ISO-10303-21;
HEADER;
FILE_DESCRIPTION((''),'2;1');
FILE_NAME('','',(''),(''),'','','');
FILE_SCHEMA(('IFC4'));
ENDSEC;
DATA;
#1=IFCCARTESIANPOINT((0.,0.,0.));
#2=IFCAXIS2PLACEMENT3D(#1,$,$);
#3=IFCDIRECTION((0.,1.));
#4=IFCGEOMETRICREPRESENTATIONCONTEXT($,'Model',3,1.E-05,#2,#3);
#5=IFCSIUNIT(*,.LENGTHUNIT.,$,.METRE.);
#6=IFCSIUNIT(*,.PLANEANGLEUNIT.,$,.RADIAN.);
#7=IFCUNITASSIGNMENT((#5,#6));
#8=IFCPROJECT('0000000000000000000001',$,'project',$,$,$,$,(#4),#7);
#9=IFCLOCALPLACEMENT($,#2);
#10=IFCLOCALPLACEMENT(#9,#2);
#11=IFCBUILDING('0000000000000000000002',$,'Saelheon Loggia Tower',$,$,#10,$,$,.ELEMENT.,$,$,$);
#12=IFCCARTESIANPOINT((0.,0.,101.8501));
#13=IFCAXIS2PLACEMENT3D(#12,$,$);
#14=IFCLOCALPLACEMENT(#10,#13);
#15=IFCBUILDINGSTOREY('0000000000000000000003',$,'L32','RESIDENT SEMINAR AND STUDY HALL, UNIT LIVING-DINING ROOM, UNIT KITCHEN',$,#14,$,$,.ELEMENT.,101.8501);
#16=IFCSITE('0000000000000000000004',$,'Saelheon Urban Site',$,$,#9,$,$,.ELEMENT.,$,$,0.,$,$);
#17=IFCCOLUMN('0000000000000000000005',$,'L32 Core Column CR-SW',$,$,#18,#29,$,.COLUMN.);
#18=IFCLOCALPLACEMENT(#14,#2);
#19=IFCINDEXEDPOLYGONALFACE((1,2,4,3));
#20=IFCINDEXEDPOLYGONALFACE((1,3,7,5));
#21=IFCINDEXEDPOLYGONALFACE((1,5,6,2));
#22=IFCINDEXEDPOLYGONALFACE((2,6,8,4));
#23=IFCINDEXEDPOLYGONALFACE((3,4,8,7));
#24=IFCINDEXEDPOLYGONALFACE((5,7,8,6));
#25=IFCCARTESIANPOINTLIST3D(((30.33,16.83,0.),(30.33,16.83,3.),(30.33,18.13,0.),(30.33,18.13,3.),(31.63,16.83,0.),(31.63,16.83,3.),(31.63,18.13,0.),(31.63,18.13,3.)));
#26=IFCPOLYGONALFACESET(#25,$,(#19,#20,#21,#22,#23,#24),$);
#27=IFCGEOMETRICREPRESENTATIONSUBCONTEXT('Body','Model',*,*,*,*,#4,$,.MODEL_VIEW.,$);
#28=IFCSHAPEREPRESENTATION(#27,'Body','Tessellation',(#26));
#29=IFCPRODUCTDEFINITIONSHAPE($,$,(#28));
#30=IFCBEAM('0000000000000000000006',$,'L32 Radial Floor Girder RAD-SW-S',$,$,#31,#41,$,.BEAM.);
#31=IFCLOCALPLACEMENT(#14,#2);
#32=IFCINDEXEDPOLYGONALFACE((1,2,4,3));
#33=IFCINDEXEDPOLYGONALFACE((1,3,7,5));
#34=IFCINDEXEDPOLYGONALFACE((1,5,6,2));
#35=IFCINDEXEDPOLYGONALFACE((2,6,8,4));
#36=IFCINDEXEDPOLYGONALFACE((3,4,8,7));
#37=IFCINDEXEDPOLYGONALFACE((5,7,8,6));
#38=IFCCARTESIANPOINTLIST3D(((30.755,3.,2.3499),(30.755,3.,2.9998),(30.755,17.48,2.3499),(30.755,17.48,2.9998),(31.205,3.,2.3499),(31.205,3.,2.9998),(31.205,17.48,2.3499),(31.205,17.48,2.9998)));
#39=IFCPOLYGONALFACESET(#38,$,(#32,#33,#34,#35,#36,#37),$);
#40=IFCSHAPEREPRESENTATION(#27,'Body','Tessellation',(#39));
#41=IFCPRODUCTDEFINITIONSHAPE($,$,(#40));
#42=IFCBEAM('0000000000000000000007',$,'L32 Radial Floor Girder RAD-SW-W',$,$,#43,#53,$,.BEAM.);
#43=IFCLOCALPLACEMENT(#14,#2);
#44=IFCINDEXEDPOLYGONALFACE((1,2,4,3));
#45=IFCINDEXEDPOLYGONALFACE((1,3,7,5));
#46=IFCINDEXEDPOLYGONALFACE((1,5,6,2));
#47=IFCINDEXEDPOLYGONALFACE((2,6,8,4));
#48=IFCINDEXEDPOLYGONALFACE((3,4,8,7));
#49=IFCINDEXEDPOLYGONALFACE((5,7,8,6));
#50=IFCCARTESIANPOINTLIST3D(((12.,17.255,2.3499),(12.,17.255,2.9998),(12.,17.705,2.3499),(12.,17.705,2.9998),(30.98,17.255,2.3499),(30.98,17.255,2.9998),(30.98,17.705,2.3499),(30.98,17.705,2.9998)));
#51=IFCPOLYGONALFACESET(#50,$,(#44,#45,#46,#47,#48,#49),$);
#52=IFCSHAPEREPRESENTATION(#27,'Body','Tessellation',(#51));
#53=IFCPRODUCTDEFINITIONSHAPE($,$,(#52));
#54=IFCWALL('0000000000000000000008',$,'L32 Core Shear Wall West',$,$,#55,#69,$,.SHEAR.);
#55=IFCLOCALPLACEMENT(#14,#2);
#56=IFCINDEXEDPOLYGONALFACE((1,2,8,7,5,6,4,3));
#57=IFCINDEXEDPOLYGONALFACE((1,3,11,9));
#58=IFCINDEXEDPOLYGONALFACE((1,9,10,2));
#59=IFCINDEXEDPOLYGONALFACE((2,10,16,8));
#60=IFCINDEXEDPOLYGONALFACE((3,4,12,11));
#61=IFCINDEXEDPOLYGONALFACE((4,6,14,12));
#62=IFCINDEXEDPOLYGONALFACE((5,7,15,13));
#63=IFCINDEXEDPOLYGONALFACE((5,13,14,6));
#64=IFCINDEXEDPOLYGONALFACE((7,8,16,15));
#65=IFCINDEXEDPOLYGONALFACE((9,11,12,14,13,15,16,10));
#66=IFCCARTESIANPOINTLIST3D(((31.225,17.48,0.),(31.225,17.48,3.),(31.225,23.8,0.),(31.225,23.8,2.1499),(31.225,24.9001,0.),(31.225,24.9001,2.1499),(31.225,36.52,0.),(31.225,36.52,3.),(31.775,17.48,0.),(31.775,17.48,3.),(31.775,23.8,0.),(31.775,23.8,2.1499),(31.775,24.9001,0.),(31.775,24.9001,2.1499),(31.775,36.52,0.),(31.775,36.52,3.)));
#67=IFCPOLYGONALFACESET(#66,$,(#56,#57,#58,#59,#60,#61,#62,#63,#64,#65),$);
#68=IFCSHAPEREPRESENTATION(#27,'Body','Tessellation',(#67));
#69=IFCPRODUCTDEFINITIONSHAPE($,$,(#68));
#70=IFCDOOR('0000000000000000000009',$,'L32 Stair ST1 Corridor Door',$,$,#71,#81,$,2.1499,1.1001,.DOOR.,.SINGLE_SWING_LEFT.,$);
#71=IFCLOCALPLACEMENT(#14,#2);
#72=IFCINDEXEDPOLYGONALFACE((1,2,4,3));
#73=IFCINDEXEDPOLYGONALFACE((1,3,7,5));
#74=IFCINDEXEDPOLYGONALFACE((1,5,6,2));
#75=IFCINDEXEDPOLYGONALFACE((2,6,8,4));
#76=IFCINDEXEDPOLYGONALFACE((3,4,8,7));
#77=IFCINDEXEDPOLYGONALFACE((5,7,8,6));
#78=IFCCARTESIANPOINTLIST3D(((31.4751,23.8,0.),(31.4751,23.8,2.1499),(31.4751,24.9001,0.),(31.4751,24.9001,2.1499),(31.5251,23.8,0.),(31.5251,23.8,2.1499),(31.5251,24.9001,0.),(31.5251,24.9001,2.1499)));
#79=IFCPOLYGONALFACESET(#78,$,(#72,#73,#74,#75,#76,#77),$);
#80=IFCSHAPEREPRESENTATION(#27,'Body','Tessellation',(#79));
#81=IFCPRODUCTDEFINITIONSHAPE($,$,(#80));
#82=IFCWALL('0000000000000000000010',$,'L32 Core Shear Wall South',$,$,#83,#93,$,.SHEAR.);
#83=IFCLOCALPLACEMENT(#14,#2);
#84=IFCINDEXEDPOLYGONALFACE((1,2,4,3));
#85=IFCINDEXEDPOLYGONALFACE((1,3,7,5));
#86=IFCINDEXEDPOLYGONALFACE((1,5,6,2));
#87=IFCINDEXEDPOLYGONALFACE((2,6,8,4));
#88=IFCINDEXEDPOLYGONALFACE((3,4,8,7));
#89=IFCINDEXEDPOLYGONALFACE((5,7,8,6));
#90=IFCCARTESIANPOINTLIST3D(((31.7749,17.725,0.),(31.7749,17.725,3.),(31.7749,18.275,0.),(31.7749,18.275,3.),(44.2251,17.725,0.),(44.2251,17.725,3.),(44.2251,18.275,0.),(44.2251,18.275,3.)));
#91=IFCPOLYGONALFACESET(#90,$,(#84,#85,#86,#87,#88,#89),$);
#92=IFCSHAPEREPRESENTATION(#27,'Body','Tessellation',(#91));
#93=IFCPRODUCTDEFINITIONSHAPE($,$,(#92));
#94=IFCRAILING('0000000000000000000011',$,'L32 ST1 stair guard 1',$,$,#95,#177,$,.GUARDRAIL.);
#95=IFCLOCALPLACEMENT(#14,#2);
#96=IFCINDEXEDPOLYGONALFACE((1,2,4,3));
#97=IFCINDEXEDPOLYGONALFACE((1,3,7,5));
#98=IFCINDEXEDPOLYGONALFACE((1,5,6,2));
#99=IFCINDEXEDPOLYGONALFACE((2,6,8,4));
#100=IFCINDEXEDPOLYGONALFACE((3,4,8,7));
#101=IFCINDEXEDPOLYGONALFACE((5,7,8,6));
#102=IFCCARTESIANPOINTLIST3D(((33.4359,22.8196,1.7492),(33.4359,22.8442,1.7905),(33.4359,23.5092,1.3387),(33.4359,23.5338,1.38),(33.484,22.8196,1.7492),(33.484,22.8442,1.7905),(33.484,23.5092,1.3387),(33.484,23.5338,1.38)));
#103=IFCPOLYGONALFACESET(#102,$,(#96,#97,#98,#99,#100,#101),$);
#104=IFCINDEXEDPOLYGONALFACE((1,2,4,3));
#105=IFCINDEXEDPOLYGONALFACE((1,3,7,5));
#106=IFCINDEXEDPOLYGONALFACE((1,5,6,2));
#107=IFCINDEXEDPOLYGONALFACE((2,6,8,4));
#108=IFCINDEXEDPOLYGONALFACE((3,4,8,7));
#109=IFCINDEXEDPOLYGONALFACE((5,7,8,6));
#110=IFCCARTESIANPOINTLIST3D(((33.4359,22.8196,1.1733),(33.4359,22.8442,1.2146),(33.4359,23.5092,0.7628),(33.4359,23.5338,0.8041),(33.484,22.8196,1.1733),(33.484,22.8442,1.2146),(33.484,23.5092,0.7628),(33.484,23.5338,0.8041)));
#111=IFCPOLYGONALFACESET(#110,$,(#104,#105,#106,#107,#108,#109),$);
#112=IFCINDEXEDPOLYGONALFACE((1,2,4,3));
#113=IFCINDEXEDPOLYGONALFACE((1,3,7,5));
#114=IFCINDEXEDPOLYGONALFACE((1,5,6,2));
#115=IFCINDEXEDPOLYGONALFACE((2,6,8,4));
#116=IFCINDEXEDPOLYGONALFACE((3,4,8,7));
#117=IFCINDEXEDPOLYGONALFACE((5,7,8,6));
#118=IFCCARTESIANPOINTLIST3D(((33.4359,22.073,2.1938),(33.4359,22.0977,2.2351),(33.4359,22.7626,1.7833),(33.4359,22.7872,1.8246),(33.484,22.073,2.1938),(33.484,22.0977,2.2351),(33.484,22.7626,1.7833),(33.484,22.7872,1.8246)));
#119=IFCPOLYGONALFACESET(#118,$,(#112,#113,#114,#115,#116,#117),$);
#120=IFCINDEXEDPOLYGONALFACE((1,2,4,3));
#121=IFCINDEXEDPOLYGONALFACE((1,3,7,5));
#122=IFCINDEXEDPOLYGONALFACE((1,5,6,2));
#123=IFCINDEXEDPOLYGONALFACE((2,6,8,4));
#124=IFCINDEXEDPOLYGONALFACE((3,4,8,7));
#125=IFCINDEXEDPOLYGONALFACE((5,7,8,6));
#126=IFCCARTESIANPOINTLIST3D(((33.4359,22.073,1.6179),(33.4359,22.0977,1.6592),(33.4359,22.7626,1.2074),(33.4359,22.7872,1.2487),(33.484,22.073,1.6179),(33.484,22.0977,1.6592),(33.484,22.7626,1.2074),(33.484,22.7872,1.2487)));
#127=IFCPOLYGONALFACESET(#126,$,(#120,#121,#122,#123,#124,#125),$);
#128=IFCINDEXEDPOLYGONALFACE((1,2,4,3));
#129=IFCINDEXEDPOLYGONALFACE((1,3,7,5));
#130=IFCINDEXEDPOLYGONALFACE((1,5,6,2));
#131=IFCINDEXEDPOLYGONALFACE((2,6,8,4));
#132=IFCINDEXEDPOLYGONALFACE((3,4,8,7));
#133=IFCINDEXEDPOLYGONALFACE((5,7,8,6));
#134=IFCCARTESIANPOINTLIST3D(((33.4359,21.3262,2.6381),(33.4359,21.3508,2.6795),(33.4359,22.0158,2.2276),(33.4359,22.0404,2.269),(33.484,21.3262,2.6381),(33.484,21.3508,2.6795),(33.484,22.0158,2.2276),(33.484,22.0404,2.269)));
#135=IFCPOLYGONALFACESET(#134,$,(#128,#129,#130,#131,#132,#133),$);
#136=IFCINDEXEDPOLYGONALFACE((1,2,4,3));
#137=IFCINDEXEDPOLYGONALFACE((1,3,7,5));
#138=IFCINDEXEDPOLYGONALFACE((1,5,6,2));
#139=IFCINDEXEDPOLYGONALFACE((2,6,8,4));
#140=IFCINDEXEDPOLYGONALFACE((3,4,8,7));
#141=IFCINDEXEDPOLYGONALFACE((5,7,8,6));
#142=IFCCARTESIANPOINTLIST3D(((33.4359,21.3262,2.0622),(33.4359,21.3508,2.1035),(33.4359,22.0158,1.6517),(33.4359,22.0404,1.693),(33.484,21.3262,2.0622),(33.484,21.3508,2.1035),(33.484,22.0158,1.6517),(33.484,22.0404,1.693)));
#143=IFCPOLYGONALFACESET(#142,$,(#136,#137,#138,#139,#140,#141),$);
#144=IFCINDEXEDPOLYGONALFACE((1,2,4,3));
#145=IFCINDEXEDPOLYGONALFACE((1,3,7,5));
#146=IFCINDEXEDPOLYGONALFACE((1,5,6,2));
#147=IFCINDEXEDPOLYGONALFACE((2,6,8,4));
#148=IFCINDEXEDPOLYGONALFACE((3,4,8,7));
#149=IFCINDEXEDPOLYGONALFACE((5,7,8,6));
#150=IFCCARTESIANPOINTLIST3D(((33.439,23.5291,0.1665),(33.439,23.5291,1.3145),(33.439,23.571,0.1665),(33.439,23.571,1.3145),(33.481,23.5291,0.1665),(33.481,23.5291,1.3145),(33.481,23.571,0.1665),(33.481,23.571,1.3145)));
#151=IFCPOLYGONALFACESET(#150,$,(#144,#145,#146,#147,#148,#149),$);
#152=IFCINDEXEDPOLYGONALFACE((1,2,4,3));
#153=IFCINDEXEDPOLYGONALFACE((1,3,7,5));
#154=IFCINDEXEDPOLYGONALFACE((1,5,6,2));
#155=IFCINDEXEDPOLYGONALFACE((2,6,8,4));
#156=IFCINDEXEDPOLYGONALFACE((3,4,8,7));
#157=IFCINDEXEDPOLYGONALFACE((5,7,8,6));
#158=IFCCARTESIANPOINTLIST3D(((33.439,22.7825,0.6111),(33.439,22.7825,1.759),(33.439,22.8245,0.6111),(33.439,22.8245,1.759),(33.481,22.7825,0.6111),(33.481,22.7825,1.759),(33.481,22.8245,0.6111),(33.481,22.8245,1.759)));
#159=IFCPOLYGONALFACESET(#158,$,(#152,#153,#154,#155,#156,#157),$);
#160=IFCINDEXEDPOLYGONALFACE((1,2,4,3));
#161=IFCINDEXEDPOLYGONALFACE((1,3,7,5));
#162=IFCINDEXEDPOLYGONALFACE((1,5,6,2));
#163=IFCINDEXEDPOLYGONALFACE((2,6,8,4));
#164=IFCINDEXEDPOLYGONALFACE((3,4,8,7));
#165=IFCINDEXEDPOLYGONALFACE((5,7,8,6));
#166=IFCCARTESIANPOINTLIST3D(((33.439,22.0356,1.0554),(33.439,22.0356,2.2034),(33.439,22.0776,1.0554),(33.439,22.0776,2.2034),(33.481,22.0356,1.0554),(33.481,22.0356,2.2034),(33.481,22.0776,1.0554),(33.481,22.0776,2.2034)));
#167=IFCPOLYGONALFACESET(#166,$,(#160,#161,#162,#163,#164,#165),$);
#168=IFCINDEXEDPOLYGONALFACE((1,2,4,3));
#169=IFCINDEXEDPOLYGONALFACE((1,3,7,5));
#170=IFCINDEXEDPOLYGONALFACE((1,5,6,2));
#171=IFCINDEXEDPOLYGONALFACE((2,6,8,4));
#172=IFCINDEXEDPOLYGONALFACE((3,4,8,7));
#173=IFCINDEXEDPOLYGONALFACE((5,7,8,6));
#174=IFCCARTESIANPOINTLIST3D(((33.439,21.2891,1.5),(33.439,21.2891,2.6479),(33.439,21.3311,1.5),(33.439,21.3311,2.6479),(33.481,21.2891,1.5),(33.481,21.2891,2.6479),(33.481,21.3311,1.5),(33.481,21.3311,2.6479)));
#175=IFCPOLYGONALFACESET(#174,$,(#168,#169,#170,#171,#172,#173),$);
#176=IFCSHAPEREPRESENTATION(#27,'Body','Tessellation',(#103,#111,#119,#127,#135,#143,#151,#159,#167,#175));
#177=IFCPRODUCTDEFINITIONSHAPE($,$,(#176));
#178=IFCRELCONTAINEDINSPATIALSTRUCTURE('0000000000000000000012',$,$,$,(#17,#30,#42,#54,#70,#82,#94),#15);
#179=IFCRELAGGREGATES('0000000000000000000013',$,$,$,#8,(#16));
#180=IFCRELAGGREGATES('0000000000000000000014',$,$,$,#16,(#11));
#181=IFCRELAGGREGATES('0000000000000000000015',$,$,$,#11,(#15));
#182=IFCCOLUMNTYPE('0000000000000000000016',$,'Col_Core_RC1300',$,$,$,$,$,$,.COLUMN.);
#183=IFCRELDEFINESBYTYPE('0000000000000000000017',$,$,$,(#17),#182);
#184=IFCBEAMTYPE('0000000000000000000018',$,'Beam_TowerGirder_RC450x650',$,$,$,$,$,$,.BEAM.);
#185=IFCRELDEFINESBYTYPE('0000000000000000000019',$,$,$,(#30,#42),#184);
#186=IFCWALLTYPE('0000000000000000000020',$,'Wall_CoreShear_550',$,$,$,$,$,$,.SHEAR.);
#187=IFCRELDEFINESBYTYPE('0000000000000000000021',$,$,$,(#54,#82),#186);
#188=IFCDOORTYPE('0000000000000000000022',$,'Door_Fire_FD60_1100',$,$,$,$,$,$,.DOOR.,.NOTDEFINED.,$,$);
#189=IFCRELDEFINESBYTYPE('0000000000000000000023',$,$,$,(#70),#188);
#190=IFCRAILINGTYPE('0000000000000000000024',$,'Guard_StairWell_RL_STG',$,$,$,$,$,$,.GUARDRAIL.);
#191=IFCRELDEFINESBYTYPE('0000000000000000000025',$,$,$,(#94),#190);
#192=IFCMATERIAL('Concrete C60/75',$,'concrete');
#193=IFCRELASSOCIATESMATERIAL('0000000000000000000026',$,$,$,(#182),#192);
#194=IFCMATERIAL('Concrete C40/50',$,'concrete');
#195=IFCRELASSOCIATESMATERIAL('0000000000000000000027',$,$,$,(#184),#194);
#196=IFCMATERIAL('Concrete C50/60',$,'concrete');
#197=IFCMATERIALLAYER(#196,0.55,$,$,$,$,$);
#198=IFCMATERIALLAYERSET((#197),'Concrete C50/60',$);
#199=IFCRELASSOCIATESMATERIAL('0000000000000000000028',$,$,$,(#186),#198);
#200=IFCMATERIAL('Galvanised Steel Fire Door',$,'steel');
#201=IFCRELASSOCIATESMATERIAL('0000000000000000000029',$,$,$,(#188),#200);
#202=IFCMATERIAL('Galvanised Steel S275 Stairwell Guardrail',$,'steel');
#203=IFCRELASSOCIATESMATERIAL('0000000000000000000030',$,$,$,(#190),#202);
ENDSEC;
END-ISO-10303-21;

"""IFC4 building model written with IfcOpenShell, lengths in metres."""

from ifc_helpers import new_model, si_unit, direction, frame, frame_2d, origin, origin_2d, place, context, subcontext, project, spatial, rectangle, extrude, source, transform, mapped, material, layer, layer_set, material_profile, profile_set, type_object, element, fill, save


model = new_model("IFC4")

# Units and contexts
model_context = context("Model", 3, precision=1e-05, world=origin(), true_north=direction((0.0, 1.0)))
body_context = subcontext(model_context, "Body", "Model", "MODEL_VIEW")
ifc_project = project(units=[si_unit("LENGTHUNIT", "METRE"), si_unit("PLANEANGLEUNIT", "RADIAN")], contexts=[model_context])

# Site, building, storey
site_placement = place(None, origin())
site = spatial("IfcSite", under=ifc_project, at=site_placement, Name="Saelheon Urban Site", CompositionType="ELEMENT", RefElevation=0.0)
building_placement = place(site_placement, origin())
building = spatial("IfcBuilding", under=site, at=building_placement, Name="Saelheon Loggia Tower", CompositionType="ELEMENT")
storey_placement = place(building_placement, frame((0.0, 0.0, 101.8501)))
storey = spatial("IfcBuildingStorey", under=building, at=storey_placement, Name="L32", Description="RESIDENT SEMINAR AND STUDY HALL, UNIT LIVING-DINING ROOM, UNIT KITCHEN", CompositionType="ELEMENT", Elevation=101.8501)

# Column
ifc_material_1 = material(Name="Concrete C60/75", Category="concrete")
ifc_material_profile_1 = material_profile(ifc_material_1, rectangle(XDim=1.3, YDim=1.3, at=origin_2d()), Name="RC-1300x1300")
ifc_profile_set_1 = profile_set([ifc_material_profile_1], Name="Concrete C60/75")
column_type = type_object("IfcColumnType", Name="Col_Core_RC1300", PredefinedType="COLUMN", material=ifc_profile_set_1)
shared_shape_1 = source(origin(), body_context, "Body", "SweptSolid", [
    extrude(rectangle(XDim=1.3, YDim=1.3, at=origin_2d()), origin(), (0.0, 0.0, 1.0), 3.0),
])
column_placement = place(storey_placement, frame((30.98, 17.48, 0.0), z_axis=(0.0, 0.0, 1.0), x_axis=(1.0, 0.0, 0.0)))
element("IfcColumn", 1, at=column_placement, inside=storey, type_object=column_type, Name="L32 Core Column CR-SW", PredefinedType="COLUMN", context=body_context, shape_type="MappedRepresentation", body=[
    mapped(shared_shape_1, transform((0.0, 0.0, 0.0), scale=1.0)),
])

# Beams
ifc_material_2 = material(Name="Concrete C40/50", Category="concrete")
ifc_material_profile_2 = material_profile(ifc_material_2, rectangle(XDim=0.45, YDim=0.6499, at=origin_2d()), Name="RC-450x650")
ifc_profile_set_2 = profile_set([ifc_material_profile_2], Name="Concrete C40/50")
beam_type = type_object("IfcBeamType", Name="Beam_TowerGirder_RC450x650", PredefinedType="BEAM", material=ifc_profile_set_2)
shared_shape_2 = source(origin(), body_context, "Body", "SweptSolid", [
    extrude(rectangle(XDim=0.45, YDim=0.6499, at=origin_2d()), origin(), (0.0, 0.0, 1.0), 14.48),
])
beam_1_placement = place(storey_placement, frame((30.98, 17.48, 2.6748), z_axis=(0.0, -1.0, 0.0), x_axis=(1.0, 0.0, 0.0)))
element("IfcBeam", 2, at=beam_1_placement, inside=storey, type_object=beam_type, Name="L32 Radial Floor Girder RAD-SW-S", PredefinedType="BEAM", context=body_context, shape_type="MappedRepresentation", body=[
    mapped(shared_shape_2, transform((0.0, 0.0, 0.0), scale=1.0)),
])
shared_shape_3 = source(origin(), body_context, "Body", "SweptSolid", [
    extrude(rectangle(XDim=0.45, YDim=0.6499, at=origin_2d()), origin(), (0.0, 0.0, 1.0), 18.98),
])
beam_2_placement = place(storey_placement, frame((30.98, 17.48, 2.6748), z_axis=(-1.0, 0.0, 0.0), x_axis=(0.0, -1.0, 0.0)))
element("IfcBeam", 3, at=beam_2_placement, inside=storey, type_object=beam_type, Name="L32 Radial Floor Girder RAD-SW-W", PredefinedType="BEAM", context=body_context, shape_type="MappedRepresentation", body=[
    mapped(shared_shape_3, transform((0.0, 0.0, 0.0), scale=1.0)),
])

# Wall, opening, door
ifc_material_3 = material(Name="Concrete C50/60", Category="concrete")
ifc_layer_1 = layer(ifc_material_3, 0.55)
ifc_layer_set_1 = layer_set([ifc_layer_1], Name="Concrete C50/60")
wall_type_1 = type_object("IfcWallType", Name="Wall_CoreShear_550", PredefinedType="SHEAR", material=ifc_layer_set_1)
wall_1_placement = place(storey_placement, frame((31.5, 17.48, 0.0), z_axis=(0.0, 0.0, 1.0), x_axis=(0.0, 1.0, 0.0)))
wall_1 = element("IfcWall", 4, at=wall_1_placement, inside=storey, type_object=wall_type_1, Name="L32 Core Shear Wall West", PredefinedType="SHEAR", context=body_context, shape_type="SweptSolid", body=[
    extrude(rectangle(XDim=19.04, YDim=0.55, at=frame_2d((9.52, 0.0))), origin(), (0.0, 0.0, 1.0), 3.0),
])
opening_1_placement = place(wall_1_placement, frame((6.3201, 0.0, 0.0)))
opening_1 = element("IfcOpeningElement", 5, at=opening_1_placement, cuts=wall_1, PredefinedType="OPENING", context=body_context, shape_type="SweptSolid", body=[
    extrude(rectangle(XDim=1.1001, YDim=2.1499, at=frame_2d((0.55, 1.075))), frame((0.0, 0.2871, 0.0), z_axis=(0.0, -1.0, 0.0), x_axis=(1.0, 0.0, 0.0)), (0.0, 0.0, 1.0), 0.574),
])
ifc_material_4 = material(Name="Galvanised Steel Fire Door", Category="steel")
door_type_1 = type_object("IfcDoorType", Name="Door_Fire_FD60_1100", OperationType="NOTDEFINED", PredefinedType="DOOR", material=ifc_material_4)
shared_shape_4 = source(origin(), body_context, "Body", "SweptSolid", [
    extrude(rectangle(XDim=1.1001, YDim=2.1499, at=frame_2d((0.55, 1.075))), frame((0.0, 0.0249, 0.0), z_axis=(0.0, -1.0, 0.0), x_axis=(1.0, 0.0, 0.0)), (0.0, 0.0, 1.0), 0.05),
])
door_1_placement = place(opening_1_placement, origin())
door_1 = element("IfcDoor", 6, at=door_1_placement, inside=storey, type_object=door_type_1, Name="L32 Stair ST1 Corridor Door", OperationType="SINGLE_SWING_LEFT", OverallHeight=2.1499, OverallWidth=1.1001, PredefinedType="DOOR", context=body_context, shape_type="MappedRepresentation", body=[
    mapped(shared_shape_4, transform((0.0, 0.0, 0.0), scale=1.0)),
])
fill(opening_1, door_1)

# Wall
wall_2_placement = place(storey_placement, frame((31.7749, 18.0, 0.0), z_axis=(0.0, 0.0, 1.0), x_axis=(1.0, 0.0, 0.0)))
element("IfcWall", 7, at=wall_2_placement, inside=storey, type_object=wall_type_1, Name="L32 Core Shear Wall South", PredefinedType="SHEAR", context=body_context, shape_type="SweptSolid", body=[
    extrude(rectangle(XDim=12.4502, YDim=0.55, at=frame_2d((6.2251, 0.0))), origin(), (0.0, 0.0, 1.0), 3.0),
])

# Railing
ifc_material_5 = material(Name="Galvanised Steel S275 Stairwell Guardrail", Category="steel")
railing_type_1 = type_object("IfcRailingType", Name="Guard_StairWell_RL_STG", PredefinedType="GUARDRAIL", material=ifc_material_5)
railing_1_placement = place(storey_placement, frame((33.46, 23.55, 0.1665)))
element("IfcRailing", 8, at=railing_1_placement, inside=storey, type_object=railing_type_1, Name="L32 ST1 stair guard 1", PredefinedType="GUARDRAIL", context=body_context, shape_type="SweptSolid", body=[
    extrude(rectangle(XDim=0.0481, YDim=0.0481, at=origin_2d()), frame((0.0, -0.0286, 1.1929), z_axis=(0.0, -0.859264, 0.511532), x_axis=(1.0, 0.0, 0.0)), (0.0, 0.0, 1.0), 0.8025),
    extrude(rectangle(XDim=0.0481, YDim=0.0481, at=origin_2d()), frame((0.0, -0.0286, 0.6169), z_axis=(0.0, -0.859264, 0.511532), x_axis=(1.0, 0.0, 0.0)), (0.0, 0.0, 1.0), 0.8025),
    extrude(rectangle(XDim=0.0481, YDim=0.0481, at=origin_2d()), frame((0.0, -0.7751, 1.6375), z_axis=(0.0, -0.859264, 0.511532), x_axis=(1.0, 0.0, 0.0)), (0.0, 0.0, 1.0), 0.8025),
    extrude(rectangle(XDim=0.0481, YDim=0.0481, at=origin_2d()), frame((0.0, -0.7751, 1.0615), z_axis=(0.0, -0.859264, 0.511532), x_axis=(1.0, 0.0, 0.0)), (0.0, 0.0, 1.0), 0.8025),
    extrude(rectangle(XDim=0.0481, YDim=0.0481, at=origin_2d()), frame((0.0, -1.522, 2.0818), z_axis=(0.0, -0.859264, 0.511532), x_axis=(1.0, 0.0, 0.0)), (0.0, 0.0, 1.0), 0.8025),
    extrude(rectangle(XDim=0.0481, YDim=0.0481, at=origin_2d()), frame((0.0, -1.522, 1.5059), z_axis=(0.0, -0.859264, 0.511532), x_axis=(1.0, 0.0, 0.0)), (0.0, 0.0, 1.0), 0.8025),
    extrude(rectangle(XDim=0.042, YDim=0.042, at=origin_2d()), origin(), (0.0, 0.0, 1.0), 1.1479),
    extrude(rectangle(XDim=0.042, YDim=0.042, at=origin_2d()), frame((0.0, -0.7466, 0.4446)), (0.0, 0.0, 1.0), 1.1479),
    extrude(rectangle(XDim=0.042, YDim=0.042, at=origin_2d()), frame((0.0, -1.4934, 0.8889)), (0.0, 0.0, 1.0), 1.1479),
    extrude(rectangle(XDim=0.042, YDim=0.042, at=origin_2d()), frame((0.0, -2.24, 1.3335)), (0.0, 0.0, 1.0), 1.1479),
])

save(model, "model.ifc")
